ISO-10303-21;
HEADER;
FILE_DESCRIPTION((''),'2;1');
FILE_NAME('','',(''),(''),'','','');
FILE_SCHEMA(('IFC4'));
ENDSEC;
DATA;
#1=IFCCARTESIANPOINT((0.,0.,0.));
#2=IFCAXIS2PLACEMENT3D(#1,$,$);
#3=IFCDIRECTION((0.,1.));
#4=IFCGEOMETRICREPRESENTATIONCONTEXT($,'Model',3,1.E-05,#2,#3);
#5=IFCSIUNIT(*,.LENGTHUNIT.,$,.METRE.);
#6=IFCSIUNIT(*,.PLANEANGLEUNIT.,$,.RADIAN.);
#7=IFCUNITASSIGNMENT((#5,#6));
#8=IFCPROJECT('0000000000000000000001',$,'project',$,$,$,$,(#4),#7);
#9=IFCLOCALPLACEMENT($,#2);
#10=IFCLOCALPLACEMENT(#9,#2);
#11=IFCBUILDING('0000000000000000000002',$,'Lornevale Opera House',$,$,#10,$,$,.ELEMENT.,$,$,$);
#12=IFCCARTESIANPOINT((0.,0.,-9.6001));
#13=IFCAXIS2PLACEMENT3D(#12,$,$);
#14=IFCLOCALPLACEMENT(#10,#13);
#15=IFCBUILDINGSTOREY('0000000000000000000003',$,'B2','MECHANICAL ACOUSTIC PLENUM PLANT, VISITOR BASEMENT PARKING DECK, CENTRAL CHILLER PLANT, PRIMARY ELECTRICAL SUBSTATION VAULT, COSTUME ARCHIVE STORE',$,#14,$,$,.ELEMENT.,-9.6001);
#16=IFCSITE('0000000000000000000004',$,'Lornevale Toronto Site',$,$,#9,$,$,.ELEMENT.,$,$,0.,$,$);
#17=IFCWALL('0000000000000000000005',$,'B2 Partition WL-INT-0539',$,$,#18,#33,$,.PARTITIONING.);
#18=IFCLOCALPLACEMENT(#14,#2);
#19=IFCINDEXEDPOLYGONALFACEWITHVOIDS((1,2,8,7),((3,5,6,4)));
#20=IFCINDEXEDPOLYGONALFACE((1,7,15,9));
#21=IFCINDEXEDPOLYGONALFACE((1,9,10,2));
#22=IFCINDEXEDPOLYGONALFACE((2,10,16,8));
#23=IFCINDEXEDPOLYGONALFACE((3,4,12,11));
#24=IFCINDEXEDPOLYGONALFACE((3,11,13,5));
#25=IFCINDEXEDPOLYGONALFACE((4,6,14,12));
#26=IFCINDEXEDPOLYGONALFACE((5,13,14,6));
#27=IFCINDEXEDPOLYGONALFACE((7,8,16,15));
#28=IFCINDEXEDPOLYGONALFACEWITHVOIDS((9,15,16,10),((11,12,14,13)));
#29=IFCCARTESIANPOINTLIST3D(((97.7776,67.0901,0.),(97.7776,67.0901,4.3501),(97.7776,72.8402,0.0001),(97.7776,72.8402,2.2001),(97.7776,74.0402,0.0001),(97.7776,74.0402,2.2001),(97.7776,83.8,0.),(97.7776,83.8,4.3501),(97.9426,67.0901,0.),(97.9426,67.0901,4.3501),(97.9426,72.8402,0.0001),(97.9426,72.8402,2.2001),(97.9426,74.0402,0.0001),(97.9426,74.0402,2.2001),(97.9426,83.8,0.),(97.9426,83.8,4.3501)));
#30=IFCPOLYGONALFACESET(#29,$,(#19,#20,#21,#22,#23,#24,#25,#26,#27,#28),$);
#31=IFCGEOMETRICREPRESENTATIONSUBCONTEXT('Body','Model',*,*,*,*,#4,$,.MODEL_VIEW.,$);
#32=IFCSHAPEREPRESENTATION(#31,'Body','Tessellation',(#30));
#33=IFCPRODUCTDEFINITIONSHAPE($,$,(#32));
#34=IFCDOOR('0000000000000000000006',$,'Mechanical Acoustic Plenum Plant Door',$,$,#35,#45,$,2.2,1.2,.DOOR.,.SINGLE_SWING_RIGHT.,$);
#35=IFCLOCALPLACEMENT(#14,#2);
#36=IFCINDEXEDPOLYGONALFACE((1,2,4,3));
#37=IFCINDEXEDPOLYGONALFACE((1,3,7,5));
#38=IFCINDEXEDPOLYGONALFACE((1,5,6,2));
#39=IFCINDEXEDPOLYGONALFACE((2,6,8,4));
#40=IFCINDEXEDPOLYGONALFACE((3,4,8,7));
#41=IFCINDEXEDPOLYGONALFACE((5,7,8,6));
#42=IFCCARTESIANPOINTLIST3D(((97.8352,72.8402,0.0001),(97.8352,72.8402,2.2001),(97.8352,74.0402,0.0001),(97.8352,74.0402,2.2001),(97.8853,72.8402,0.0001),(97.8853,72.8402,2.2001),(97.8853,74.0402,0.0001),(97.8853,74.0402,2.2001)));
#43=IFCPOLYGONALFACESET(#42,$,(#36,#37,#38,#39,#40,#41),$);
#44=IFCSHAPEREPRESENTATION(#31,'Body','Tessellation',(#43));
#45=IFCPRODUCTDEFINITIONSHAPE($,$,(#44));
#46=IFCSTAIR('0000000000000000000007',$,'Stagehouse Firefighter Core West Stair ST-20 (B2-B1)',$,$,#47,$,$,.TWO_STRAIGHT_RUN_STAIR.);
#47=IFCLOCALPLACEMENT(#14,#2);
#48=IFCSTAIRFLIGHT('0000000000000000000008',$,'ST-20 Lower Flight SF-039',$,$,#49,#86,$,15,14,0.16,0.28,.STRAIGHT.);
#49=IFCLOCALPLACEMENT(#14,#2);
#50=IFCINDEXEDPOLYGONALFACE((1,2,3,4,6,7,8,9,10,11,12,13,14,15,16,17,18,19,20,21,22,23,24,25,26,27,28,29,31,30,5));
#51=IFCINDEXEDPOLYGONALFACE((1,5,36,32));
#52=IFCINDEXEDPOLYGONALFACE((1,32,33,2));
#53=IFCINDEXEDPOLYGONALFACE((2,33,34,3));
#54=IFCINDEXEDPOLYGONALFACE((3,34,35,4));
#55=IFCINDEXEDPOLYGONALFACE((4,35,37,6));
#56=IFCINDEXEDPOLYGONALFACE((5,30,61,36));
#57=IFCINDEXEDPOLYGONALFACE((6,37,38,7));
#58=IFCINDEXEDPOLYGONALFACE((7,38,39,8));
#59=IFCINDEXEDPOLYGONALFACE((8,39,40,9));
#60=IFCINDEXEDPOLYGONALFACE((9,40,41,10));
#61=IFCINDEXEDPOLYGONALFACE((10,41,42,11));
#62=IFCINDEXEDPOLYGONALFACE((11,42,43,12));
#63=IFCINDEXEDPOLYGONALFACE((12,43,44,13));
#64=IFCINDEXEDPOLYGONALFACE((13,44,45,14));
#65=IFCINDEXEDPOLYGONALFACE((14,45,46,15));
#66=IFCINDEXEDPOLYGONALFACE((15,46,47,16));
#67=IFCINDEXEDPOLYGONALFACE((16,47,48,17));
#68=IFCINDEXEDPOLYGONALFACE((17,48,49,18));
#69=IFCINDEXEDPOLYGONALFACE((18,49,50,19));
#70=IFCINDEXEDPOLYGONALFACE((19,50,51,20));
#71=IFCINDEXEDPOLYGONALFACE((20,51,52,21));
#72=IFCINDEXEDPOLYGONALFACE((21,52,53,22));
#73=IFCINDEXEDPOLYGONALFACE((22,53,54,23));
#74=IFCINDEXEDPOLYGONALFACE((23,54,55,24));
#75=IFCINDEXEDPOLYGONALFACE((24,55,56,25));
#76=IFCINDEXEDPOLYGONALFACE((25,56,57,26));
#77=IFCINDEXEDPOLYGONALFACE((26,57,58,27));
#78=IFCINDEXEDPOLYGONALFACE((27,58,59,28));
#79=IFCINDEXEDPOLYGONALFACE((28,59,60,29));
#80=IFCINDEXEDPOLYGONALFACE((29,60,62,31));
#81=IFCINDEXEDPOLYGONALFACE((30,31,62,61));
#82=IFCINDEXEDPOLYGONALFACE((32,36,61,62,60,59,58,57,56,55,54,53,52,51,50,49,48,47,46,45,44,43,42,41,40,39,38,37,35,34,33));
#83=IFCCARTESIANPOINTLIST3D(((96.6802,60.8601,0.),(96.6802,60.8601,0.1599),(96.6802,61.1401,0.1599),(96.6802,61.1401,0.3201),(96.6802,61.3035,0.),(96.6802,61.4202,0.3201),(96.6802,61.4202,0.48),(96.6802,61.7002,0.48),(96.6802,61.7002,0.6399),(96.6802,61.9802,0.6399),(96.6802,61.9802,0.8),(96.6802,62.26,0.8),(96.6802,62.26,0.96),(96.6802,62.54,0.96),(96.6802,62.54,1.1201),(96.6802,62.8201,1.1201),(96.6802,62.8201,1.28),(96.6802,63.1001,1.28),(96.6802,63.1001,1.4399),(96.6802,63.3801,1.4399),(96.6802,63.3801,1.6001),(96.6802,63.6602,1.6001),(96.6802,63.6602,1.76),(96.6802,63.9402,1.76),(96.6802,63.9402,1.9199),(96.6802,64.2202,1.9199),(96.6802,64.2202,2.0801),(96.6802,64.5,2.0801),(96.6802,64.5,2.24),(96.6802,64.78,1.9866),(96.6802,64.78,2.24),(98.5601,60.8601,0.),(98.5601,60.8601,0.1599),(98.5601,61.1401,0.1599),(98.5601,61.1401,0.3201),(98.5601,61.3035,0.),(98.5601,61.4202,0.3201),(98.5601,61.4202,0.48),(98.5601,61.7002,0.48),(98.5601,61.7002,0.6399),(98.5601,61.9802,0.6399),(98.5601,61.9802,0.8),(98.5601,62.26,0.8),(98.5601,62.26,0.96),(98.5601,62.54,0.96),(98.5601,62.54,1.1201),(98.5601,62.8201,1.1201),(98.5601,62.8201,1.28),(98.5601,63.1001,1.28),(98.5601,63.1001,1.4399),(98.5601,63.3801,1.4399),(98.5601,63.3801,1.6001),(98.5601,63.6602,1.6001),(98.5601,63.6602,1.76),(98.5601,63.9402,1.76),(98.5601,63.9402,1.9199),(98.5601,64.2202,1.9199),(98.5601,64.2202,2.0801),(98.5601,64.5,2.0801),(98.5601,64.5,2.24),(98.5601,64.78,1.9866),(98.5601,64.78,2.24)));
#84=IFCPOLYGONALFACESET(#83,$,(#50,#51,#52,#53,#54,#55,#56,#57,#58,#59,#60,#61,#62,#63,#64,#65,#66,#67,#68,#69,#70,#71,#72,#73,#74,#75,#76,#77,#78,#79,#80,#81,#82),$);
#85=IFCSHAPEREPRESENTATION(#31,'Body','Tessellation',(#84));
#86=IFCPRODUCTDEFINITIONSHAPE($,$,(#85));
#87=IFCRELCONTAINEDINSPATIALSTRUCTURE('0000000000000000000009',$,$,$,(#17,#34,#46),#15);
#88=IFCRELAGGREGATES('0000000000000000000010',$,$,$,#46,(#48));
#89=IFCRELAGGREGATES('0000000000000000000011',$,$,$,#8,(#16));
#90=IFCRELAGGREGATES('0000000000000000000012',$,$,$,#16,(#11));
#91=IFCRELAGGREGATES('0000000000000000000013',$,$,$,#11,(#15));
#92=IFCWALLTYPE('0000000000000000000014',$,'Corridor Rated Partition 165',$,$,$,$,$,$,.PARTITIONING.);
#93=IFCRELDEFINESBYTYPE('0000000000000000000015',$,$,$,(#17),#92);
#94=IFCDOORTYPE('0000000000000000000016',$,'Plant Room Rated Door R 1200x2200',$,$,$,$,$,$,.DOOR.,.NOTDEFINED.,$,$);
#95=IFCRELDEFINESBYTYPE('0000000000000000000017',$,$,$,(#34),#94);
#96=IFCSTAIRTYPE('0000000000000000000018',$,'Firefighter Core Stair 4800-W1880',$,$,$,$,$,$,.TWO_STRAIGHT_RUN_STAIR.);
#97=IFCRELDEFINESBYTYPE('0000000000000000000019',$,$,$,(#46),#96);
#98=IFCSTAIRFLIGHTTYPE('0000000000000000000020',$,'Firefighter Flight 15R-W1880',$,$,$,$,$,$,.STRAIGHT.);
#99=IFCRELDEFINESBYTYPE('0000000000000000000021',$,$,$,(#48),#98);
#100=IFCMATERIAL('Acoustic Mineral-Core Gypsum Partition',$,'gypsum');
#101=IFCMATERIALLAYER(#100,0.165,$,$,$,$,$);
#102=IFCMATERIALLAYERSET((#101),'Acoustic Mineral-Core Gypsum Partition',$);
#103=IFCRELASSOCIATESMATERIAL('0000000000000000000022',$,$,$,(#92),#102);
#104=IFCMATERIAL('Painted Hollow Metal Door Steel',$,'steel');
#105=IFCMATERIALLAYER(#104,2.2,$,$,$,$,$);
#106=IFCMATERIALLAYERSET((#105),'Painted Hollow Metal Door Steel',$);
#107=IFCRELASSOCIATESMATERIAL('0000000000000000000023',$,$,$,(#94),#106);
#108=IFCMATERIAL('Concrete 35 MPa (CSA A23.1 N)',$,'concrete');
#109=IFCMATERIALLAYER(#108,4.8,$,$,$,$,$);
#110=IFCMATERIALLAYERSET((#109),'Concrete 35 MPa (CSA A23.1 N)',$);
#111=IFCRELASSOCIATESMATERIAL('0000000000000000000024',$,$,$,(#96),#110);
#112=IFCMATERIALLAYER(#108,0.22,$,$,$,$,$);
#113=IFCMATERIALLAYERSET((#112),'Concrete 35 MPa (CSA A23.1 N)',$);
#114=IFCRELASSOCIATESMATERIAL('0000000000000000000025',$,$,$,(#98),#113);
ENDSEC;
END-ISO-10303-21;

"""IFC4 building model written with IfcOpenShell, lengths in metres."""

from ifc_helpers import new_model, si_unit, direction, frame, frame_2d, origin, place, context, subcontext, project, spatial, polyline, rectangle, outline, extrude, material, layer, layer_set, type_object, element, fill, aggregate, save


model = new_model("IFC4")

# Units and contexts
model_context = context("Model", 3, precision=1e-05, world=origin(), true_north=direction((0.0, 1.0)))
body_context = subcontext(model_context, "Body", "Model", "MODEL_VIEW")
ifc_project = project(units=[si_unit("LENGTHUNIT", "METRE"), si_unit("PLANEANGLEUNIT", "RADIAN")], contexts=[model_context])

# Site, building, storey
site_placement = place(None, origin())
site = spatial("IfcSite", under=ifc_project, at=site_placement, Name="Lornevale Toronto Site", CompositionType="ELEMENT", RefElevation=0.0)
building_placement = place(site_placement, origin())
building = spatial("IfcBuilding", under=site, at=building_placement, Name="Lornevale Opera House", CompositionType="ELEMENT")
storey_placement = place(building_placement, frame((0.0, 0.0, -9.6001)))
storey = spatial("IfcBuildingStorey", under=building, at=storey_placement, Name="B2", Description="MECHANICAL ACOUSTIC PLENUM PLANT, VISITOR BASEMENT PARKING DECK, CENTRAL CHILLER PLANT, PRIMARY ELECTRICAL SUBSTATION VAULT, COSTUME ARCHIVE STORE", CompositionType="ELEMENT", Elevation=-9.6001)

# Shared definitions
ifc_material_1 = material(Name="Concrete 35 MPa (CSA A23.1 N)", Category="concrete")

# Shared definitions
ifc_material_2 = material(Name="Painted Hollow Metal Door Steel", Category="steel")

# Wall, opening, door
ifc_material_3 = material(Name="Acoustic Mineral-Core Gypsum Partition", Category="gypsum")
ifc_layer_1 = layer(ifc_material_3, 0.165)
ifc_layer_set_1 = layer_set([ifc_layer_1], Name="Acoustic Mineral-Core Gypsum Partition")
wall_type_1 = type_object("IfcWallType", Name="Corridor Rated Partition 165", PredefinedType="PARTITIONING", material=ifc_layer_set_1)
wall_1_placement = place(storey_placement, frame((97.8601, 67.0901, 0.0), z_axis=(0.0, 0.0, 1.0), x_axis=(0.0, 1.0, 0.0)))
wall_1 = element("IfcWall", 1, at=wall_1_placement, inside=storey, type_object=wall_type_1, Name="B2 Partition WL-INT-0539", PredefinedType="PARTITIONING", context=body_context, shape_type="SweptSolid", body=[
    extrude(rectangle(XDim=16.71, YDim=0.165, at=frame_2d((8.355, 0.0))), origin(), (0.0, 0.0, 1.0), 4.3501),
])
opening_1_placement = place(wall_1_placement, frame((5.75, 0.0, 0.0)))
opening_1 = element("IfcOpeningElement", 2, at=opening_1_placement, cuts=wall_1, PredefinedType="OPENING", context=body_context, shape_type="SweptSolid", body=[
    extrude(rectangle(XDim=1.2, YDim=2.2, at=frame_2d((0.6001, 1.1001))), frame((0.0, 0.0925, 0.0), z_axis=(0.0, -1.0, 0.0), x_axis=(1.0, 0.0, 0.0)), (0.0, 0.0, 1.0), 0.1851),
])
ifc_layer_2 = layer(ifc_material_2, 2.2)
ifc_layer_set_2 = layer_set([ifc_layer_2], Name="Painted Hollow Metal Door Steel")
door_type_1 = type_object("IfcDoorType", Name="Plant Room Rated Door R 1200x2200", OperationType="NOTDEFINED", PredefinedType="DOOR", material=ifc_layer_set_2)
door_1_placement = place(opening_1_placement, origin())
door_1 = element("IfcDoor", 3, at=door_1_placement, inside=storey, type_object=door_type_1, Name="Mechanical Acoustic Plenum Plant Door", OperationType="SINGLE_SWING_RIGHT", OverallHeight=2.2, OverallWidth=1.2, PredefinedType="DOOR", context=body_context, shape_type="SweptSolid", body=[
    extrude(rectangle(XDim=1.2, YDim=2.2, at=frame_2d((0.6001, 1.1001))), frame((0.0, 0.0249, 0.0), z_axis=(0.0, -1.0, 0.0), x_axis=(1.0, 0.0, 0.0)), (0.0, 0.0, 1.0), 0.05),
])
fill(opening_1, door_1)

# Stair, stair flight
ifc_layer_3 = layer(ifc_material_1, 4.8)
ifc_layer_set_3 = layer_set([ifc_layer_3], Name="Concrete 35 MPa (CSA A23.1 N)")
stair_type = type_object("IfcStairType", Name="Firefighter Core Stair 4800-W1880", PredefinedType="TWO_STRAIGHT_RUN_STAIR", material=ifc_layer_set_3)
stair_placement = place(storey_placement, origin())
stair = element("IfcStair", 4, at=stair_placement, inside=storey, type_object=stair_type, Name="Stagehouse Firefighter Core West Stair ST-20 (B2-B1)", PredefinedType="TWO_STRAIGHT_RUN_STAIR")
ifc_layer_4 = layer(ifc_material_1, 0.22)
ifc_layer_set_4 = layer_set([ifc_layer_4], Name="Concrete 35 MPa (CSA A23.1 N)")
stair_flight_type = type_object("IfcStairFlightType", Name="Firefighter Flight 15R-W1880", PredefinedType="STRAIGHT", material=ifc_layer_set_4)
stair_flight_placement = place(storey_placement, frame((97.6201, 60.8601, 0.0), z_axis=(0.0, 0.0, 1.0), x_axis=(0.0, 1.0, 0.0)))
stair_flight = element("IfcStairFlight", 5, at=stair_flight_placement, type_object=stair_flight_type, Name="ST-20 Lower Flight SF-039", NumberOfRisers=15, NumberOfTreads=14, PredefinedType="STRAIGHT", RiserHeight=0.16, TreadLength=0.28, context=body_context, shape_type="SweptSolid", body=[
    extrude(outline(polyline([(0.0, 0.0), (0.0, 0.1599), (0.28, 0.1599), (0.28, 0.3201), (0.5601, 0.3201), (0.5601, 0.48), (0.8401, 0.48), (0.8401, 0.6399), (1.1201, 0.6399), (1.1201, 0.8), (1.3999, 0.8), (1.3999, 0.96), (1.6799, 0.96), (1.6799, 1.1201), (1.96, 1.1201), (1.96, 1.28), (2.24, 1.28), (2.24, 1.4399), (2.52, 1.4399), (2.52, 1.6001), (2.8, 1.6001), (2.8, 1.76), (3.0801, 1.76), (3.0801, 1.9199), (3.3601, 1.9199), (3.3601, 2.0801), (3.6399, 2.0801), (3.6399, 2.24), (3.9199, 2.24), (3.9199, 1.9866), (0.4434, 0.0), (0.0, 0.0)])), frame((0.0, 0.9399, 0.0), z_axis=(0.0, -1.0, 0.0), x_axis=(1.0, 0.0, 0.0)), (0.0, 0.0, 1.0), 1.8799),
])
aggregate(stair, [stair_flight])

save(model, "model.ifc")
